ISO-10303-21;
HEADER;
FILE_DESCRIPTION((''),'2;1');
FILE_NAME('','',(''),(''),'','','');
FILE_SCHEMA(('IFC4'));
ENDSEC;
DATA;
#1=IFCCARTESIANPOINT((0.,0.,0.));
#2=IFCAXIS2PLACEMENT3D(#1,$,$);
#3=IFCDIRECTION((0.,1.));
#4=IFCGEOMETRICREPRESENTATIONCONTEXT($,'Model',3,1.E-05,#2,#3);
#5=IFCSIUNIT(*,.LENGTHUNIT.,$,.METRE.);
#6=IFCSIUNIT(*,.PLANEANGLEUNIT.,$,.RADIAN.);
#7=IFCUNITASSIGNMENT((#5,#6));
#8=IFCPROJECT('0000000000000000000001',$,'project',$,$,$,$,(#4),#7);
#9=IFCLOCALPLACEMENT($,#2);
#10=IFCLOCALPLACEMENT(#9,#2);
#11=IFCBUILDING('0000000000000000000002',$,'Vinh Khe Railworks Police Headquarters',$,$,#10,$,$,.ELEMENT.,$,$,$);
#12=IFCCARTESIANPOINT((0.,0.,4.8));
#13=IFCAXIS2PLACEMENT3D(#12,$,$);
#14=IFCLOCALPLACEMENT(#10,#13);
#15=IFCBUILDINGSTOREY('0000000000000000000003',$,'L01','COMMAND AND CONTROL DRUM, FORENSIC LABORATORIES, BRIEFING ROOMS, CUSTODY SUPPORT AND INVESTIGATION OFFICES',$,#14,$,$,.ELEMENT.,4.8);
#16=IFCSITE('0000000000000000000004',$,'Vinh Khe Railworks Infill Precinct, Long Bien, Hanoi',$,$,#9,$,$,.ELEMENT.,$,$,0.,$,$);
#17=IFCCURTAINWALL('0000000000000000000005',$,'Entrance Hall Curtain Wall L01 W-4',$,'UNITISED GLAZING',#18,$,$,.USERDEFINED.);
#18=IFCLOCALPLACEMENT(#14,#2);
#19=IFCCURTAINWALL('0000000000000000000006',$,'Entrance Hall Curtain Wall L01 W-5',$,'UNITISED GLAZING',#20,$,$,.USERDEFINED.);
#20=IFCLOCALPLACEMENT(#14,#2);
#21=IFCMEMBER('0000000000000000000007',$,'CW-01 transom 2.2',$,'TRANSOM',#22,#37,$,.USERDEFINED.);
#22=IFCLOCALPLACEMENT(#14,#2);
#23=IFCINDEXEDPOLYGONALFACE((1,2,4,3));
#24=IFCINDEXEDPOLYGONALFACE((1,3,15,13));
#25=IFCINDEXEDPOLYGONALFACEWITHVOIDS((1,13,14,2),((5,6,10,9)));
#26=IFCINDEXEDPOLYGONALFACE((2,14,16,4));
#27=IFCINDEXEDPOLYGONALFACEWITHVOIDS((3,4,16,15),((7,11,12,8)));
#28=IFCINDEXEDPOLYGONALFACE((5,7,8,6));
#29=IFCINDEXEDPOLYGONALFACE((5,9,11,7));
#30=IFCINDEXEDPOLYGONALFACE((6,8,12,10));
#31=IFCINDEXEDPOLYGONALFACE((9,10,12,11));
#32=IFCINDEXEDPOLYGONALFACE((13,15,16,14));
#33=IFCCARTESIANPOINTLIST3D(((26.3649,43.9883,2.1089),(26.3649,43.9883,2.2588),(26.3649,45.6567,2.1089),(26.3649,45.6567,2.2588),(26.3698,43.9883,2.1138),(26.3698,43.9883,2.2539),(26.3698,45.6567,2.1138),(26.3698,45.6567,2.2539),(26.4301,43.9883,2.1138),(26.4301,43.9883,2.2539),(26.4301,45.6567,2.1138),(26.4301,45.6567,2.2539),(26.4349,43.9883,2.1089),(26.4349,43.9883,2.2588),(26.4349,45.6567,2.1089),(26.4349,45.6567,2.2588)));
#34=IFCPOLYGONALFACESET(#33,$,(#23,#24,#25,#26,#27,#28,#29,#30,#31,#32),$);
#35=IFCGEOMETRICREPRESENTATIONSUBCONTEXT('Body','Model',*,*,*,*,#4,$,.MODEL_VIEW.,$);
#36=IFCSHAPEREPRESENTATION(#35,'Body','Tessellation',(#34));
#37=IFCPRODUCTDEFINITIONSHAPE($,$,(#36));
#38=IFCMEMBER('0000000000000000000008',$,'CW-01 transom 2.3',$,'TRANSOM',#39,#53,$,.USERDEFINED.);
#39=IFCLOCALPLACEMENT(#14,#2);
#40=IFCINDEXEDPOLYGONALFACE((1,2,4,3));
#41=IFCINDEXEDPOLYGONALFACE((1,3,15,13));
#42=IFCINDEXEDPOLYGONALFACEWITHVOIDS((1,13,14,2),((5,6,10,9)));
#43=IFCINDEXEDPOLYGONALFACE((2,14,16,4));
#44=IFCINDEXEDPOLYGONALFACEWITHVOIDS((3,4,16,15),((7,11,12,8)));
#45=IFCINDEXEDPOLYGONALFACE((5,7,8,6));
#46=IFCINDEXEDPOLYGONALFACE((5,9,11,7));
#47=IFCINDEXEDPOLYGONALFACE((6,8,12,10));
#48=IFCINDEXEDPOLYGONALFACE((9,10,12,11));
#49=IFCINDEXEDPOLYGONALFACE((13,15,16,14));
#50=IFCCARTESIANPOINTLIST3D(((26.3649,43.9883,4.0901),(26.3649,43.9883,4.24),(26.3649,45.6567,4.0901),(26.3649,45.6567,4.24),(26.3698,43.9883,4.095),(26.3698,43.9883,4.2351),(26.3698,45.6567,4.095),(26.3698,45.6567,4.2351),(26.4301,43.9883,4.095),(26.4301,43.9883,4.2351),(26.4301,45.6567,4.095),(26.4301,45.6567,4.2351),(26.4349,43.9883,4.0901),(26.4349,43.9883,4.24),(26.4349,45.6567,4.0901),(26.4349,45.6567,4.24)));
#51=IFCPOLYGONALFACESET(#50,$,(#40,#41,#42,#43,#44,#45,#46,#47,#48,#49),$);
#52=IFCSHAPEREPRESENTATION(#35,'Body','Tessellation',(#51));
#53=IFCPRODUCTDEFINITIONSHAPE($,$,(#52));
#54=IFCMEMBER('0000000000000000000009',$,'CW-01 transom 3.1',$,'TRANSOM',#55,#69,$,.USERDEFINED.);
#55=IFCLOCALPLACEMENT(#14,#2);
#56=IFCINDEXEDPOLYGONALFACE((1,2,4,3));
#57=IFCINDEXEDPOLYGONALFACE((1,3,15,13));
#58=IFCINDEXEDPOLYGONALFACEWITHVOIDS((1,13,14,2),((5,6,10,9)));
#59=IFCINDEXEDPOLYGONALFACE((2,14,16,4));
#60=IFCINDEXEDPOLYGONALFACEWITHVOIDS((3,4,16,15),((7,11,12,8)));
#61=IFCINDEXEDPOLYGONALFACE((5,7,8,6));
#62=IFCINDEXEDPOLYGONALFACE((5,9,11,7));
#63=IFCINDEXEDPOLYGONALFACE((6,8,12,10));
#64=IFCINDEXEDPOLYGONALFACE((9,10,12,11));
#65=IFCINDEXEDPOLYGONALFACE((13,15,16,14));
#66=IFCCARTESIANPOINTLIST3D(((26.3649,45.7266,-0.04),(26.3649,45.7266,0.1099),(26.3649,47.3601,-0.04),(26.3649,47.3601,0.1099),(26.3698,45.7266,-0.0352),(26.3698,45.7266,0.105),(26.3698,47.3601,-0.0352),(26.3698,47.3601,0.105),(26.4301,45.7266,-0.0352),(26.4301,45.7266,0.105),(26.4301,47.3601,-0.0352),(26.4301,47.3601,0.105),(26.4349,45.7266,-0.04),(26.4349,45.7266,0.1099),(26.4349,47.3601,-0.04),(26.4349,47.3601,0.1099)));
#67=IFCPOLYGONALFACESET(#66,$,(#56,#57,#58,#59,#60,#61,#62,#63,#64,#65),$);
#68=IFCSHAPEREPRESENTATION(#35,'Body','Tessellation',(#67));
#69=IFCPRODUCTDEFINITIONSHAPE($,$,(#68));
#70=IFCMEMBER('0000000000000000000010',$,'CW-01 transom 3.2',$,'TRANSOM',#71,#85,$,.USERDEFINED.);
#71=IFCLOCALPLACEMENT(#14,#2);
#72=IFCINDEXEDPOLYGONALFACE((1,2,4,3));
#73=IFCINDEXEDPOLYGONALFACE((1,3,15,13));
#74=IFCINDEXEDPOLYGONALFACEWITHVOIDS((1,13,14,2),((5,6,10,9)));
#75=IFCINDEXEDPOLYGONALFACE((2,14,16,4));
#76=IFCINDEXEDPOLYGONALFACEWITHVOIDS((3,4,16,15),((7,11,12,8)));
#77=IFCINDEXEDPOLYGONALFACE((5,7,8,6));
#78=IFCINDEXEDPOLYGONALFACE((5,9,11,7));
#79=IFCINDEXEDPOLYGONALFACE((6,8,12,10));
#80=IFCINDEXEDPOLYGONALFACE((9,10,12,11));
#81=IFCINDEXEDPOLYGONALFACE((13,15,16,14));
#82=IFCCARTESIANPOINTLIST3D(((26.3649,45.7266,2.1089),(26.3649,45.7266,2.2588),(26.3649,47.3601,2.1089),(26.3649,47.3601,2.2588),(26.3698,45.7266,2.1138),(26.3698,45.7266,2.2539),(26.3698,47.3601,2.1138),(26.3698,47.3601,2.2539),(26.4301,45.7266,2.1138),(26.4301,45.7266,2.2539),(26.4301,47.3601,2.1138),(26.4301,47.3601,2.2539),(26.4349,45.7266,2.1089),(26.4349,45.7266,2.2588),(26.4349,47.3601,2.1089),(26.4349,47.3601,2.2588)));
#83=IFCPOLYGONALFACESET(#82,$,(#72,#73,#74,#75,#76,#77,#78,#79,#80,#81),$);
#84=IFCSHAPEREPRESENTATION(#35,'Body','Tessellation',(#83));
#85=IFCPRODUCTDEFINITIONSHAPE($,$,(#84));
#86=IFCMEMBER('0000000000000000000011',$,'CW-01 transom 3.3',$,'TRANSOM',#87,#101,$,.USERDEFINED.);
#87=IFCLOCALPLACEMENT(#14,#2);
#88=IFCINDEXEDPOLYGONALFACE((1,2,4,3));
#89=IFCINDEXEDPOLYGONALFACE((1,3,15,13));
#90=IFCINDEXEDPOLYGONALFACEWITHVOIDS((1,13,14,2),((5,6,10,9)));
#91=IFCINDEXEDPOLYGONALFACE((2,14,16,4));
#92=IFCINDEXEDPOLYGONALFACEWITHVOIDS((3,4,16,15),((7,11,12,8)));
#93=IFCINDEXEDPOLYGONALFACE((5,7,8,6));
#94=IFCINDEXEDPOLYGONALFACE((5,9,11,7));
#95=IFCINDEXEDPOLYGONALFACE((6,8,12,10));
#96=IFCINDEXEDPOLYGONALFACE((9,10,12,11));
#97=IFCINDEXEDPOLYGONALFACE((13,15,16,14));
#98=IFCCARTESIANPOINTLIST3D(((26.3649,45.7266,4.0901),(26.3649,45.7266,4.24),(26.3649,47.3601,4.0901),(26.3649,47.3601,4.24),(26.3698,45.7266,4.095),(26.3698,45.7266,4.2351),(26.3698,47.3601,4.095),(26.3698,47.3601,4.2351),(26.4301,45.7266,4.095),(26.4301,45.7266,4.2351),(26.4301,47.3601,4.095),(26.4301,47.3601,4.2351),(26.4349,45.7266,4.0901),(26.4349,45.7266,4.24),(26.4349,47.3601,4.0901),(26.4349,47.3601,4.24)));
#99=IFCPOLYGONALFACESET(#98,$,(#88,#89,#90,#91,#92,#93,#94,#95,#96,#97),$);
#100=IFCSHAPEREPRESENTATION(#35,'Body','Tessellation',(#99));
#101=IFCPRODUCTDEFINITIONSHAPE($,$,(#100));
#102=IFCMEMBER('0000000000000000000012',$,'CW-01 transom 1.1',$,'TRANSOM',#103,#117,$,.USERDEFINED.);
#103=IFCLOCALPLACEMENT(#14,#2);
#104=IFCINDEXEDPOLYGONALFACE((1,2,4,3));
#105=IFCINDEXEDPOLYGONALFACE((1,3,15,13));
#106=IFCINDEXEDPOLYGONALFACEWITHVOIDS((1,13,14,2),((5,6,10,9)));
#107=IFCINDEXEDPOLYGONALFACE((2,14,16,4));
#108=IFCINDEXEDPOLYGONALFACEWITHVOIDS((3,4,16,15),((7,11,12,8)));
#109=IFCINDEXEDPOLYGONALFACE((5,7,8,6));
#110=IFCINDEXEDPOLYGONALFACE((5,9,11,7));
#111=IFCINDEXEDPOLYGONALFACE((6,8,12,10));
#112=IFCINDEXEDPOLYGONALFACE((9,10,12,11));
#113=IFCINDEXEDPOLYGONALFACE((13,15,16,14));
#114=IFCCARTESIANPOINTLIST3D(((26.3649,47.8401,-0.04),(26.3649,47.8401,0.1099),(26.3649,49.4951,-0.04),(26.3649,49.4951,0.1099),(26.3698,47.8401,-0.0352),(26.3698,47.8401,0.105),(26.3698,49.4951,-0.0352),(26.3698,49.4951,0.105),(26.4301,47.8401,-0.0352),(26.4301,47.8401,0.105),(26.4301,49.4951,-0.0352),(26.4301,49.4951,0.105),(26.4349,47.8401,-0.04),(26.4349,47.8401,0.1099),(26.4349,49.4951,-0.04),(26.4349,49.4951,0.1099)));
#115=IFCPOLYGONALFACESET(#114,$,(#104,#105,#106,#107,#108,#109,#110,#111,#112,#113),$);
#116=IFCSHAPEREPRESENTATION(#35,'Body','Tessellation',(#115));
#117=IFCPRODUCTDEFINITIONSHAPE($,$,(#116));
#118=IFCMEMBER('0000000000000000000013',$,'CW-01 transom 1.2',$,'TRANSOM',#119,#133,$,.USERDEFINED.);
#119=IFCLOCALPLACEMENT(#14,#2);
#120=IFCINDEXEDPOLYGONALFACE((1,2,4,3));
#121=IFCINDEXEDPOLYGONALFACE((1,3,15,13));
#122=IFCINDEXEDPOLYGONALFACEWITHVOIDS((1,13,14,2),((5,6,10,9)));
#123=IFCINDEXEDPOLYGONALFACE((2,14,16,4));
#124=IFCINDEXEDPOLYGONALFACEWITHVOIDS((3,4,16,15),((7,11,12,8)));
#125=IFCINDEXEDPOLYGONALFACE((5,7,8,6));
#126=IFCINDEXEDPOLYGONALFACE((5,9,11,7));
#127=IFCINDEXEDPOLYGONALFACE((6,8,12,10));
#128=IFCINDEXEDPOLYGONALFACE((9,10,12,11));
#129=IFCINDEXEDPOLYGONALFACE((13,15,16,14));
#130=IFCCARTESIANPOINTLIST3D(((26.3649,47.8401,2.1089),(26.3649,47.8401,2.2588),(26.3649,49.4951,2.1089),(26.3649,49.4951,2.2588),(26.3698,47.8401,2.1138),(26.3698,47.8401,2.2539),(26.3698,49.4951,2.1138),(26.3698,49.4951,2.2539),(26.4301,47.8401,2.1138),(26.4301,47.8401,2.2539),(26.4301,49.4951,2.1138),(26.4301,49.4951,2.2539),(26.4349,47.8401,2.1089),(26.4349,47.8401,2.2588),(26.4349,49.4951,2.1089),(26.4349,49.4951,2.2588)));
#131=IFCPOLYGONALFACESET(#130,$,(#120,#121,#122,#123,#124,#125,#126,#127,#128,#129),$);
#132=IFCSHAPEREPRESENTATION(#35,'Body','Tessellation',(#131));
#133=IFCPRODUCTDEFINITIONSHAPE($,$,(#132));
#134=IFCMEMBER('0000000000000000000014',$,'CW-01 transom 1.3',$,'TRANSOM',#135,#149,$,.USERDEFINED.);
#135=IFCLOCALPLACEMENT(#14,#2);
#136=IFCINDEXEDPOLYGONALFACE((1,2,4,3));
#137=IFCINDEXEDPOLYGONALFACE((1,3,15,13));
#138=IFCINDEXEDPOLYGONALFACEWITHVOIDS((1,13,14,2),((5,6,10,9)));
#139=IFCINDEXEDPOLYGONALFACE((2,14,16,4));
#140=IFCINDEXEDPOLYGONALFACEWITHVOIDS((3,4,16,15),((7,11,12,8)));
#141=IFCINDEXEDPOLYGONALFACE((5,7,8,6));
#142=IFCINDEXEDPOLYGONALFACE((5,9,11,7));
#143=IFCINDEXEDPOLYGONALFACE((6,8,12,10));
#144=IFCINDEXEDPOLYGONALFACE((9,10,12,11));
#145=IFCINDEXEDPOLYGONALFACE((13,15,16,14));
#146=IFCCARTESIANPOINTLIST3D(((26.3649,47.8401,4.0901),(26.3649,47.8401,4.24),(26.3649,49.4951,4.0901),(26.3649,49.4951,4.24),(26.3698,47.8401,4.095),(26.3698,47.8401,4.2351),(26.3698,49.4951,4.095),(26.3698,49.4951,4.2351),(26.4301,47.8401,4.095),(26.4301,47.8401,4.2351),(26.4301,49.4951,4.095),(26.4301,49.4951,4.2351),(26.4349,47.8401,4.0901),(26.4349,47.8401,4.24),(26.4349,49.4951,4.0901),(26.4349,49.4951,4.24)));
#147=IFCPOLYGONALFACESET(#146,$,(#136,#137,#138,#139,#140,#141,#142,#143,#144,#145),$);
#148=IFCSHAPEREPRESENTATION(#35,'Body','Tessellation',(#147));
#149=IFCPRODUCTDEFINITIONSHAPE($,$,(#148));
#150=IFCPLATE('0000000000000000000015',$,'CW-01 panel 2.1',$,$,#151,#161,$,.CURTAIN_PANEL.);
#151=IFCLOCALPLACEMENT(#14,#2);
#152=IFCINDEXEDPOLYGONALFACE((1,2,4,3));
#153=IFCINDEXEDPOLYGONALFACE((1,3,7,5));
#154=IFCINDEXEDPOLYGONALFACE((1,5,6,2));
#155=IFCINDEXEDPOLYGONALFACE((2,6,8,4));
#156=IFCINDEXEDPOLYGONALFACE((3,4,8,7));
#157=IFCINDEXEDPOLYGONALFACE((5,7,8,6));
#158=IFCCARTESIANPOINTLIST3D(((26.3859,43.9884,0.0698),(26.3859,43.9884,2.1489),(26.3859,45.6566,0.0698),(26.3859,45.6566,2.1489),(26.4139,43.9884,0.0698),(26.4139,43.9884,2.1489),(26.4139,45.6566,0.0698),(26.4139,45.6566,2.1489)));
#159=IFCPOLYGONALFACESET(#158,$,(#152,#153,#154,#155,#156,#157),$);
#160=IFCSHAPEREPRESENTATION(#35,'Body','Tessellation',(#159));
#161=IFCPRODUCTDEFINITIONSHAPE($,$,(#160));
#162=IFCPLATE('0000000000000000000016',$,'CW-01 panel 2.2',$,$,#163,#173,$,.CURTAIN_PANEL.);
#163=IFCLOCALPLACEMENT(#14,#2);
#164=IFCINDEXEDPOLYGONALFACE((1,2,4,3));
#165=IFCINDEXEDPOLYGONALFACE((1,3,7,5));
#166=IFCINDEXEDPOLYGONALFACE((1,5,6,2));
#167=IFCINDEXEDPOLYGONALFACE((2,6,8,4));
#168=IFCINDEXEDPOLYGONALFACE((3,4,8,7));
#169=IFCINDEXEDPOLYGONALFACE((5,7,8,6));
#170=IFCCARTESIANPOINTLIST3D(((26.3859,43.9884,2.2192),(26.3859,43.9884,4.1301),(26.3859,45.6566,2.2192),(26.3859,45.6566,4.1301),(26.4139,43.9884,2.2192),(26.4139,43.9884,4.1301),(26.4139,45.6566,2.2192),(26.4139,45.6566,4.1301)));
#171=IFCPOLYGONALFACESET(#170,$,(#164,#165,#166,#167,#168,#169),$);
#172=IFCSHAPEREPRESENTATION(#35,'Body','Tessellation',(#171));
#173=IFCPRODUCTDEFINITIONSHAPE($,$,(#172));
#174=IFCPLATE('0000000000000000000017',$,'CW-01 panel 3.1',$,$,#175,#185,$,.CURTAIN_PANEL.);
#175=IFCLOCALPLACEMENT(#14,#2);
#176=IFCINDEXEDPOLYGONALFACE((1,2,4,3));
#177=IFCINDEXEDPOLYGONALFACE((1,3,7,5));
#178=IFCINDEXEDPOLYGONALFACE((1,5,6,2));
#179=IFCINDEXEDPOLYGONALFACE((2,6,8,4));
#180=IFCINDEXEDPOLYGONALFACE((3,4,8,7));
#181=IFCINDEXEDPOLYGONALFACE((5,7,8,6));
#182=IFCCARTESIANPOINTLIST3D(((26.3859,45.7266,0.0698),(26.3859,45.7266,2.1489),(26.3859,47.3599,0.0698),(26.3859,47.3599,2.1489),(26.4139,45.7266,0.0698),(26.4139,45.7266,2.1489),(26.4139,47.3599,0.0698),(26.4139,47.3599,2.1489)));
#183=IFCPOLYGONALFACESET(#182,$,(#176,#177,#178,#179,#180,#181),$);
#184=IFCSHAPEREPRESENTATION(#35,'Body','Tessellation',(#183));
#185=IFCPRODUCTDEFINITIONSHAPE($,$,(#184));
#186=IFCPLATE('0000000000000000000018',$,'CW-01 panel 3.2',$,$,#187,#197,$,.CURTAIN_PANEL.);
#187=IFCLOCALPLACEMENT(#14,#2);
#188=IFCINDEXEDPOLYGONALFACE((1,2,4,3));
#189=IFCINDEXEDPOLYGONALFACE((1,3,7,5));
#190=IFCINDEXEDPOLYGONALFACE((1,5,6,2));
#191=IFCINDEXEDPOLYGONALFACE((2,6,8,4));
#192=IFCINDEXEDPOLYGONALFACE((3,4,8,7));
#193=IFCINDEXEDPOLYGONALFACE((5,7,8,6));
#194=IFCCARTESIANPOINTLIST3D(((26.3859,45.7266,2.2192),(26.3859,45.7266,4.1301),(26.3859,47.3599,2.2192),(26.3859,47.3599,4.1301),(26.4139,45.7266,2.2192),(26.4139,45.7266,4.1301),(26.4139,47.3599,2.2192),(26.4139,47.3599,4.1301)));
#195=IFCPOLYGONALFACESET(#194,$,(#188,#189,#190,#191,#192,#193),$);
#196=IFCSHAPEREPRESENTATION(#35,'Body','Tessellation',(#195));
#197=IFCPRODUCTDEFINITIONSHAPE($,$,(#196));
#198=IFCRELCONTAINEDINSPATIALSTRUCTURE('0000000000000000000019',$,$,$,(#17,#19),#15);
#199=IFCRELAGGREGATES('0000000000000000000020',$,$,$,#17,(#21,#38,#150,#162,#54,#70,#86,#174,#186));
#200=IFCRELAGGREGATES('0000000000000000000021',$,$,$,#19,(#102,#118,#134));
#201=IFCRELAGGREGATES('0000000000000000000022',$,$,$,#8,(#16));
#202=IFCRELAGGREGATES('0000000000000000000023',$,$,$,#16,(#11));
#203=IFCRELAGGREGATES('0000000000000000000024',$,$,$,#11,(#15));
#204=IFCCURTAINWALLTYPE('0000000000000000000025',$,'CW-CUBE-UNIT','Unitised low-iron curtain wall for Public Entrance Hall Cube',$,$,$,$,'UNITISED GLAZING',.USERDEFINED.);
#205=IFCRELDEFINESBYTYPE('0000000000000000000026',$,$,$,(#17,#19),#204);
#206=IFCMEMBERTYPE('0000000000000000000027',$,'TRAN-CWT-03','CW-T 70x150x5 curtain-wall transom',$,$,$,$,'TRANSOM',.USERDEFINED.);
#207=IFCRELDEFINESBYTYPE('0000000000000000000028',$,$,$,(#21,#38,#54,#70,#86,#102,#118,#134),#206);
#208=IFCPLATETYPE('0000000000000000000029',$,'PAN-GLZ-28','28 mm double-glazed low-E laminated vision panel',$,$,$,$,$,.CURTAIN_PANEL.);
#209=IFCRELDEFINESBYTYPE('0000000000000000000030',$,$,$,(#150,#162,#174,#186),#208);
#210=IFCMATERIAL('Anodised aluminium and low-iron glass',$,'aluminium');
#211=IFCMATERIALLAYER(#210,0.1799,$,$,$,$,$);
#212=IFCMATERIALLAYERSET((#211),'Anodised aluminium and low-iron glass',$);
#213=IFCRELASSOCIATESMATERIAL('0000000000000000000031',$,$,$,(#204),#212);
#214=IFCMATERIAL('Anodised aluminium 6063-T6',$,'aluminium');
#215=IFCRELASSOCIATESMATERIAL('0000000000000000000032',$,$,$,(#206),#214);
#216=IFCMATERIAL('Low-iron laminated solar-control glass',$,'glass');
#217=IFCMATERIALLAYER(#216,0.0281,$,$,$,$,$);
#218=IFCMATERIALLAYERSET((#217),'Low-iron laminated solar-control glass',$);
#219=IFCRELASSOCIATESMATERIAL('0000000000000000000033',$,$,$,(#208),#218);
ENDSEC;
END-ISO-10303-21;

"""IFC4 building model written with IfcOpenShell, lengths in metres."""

from ifc_helpers import new_model, si_unit, direction, frame, origin, origin_2d, place, context, subcontext, project, spatial, rectangle, hollow_rectangle, extrude, material, layer, layer_set, material_profile, profile_set, type_object, element, aggregate, save


model = new_model("IFC4")

# Units and contexts
model_context = context("Model", 3, precision=1e-05, world=origin(), true_north=direction((0.0, 1.0)))
body_context = subcontext(model_context, "Body", "Model", "MODEL_VIEW")
ifc_project = project(units=[si_unit("LENGTHUNIT", "METRE"), si_unit("PLANEANGLEUNIT", "RADIAN")], contexts=[model_context])

# Site, building, storey
site_placement = place(None, origin())
site = spatial("IfcSite", under=ifc_project, at=site_placement, Name="Vinh Khe Railworks Infill Precinct, Long Bien, Hanoi", CompositionType="ELEMENT", RefElevation=0.0)
building_placement = place(site_placement, origin())
building = spatial("IfcBuilding", under=site, at=building_placement, Name="Vinh Khe Railworks Police Headquarters", CompositionType="ELEMENT")
storey_placement = place(building_placement, frame((0.0, 0.0, 4.8)))
storey = spatial("IfcBuildingStorey", under=building, at=storey_placement, Name="L01", Description="COMMAND AND CONTROL DRUM, FORENSIC LABORATORIES, BRIEFING ROOMS, CUSTODY SUPPORT AND INVESTIGATION OFFICES", CompositionType="ELEMENT", Elevation=4.8)

# Curtain wall
ifc_material_1 = material(Name="Anodised aluminium and low-iron glass", Category="aluminium")
ifc_layer_1 = layer(ifc_material_1, 0.1799)
ifc_layer_set_1 = layer_set([ifc_layer_1], Name="Anodised aluminium and low-iron glass")
curtain_wall_type = type_object("IfcCurtainWallType", Name="CW-CUBE-UNIT", Description="Unitised low-iron curtain wall for Public Entrance Hall Cube", ElementType="UNITISED GLAZING", PredefinedType="USERDEFINED", material=ifc_layer_set_1)
curtain_wall_1_placement = place(storey_placement, origin())
curtain_wall_1 = element("IfcCurtainWall", 1, at=curtain_wall_1_placement, inside=storey, type_object=curtain_wall_type, Name="Entrance Hall Curtain Wall L01 W-4", ObjectType="UNITISED GLAZING", PredefinedType="USERDEFINED")
ifc_material_2 = material(Name="Anodised aluminium 6063-T6", Category="aluminium")

# Curtain wall
curtain_wall_2_placement = place(storey_placement, origin())
curtain_wall_2 = element("IfcCurtainWall", 2, at=curtain_wall_2_placement, inside=storey, type_object=curtain_wall_type, Name="Entrance Hall Curtain Wall L01 W-5", ObjectType="UNITISED GLAZING", PredefinedType="USERDEFINED")

# Members
ifc_material_profile_1 = material_profile(ifc_material_2, hollow_rectangle(XDim=0.0701, YDim=0.1499, WallThickness=0.0049, at=origin_2d()), Name="CW-T 70x150x5")
ifc_profile_set_1 = profile_set([ifc_material_profile_1], Name="Anodised aluminium 6063-T6")
member_type_1 = type_object("IfcMemberType", Name="TRAN-CWT-03", Description="CW-T 70x150x5 curtain-wall transom", ElementType="TRANSOM", PredefinedType="USERDEFINED", material=ifc_profile_set_1)
member_1_placement = place(storey_placement, frame((26.3999, 43.9883, 2.1838), z_axis=(0.0, 1.0, 0.0), x_axis=(-1.0, 0.0, 0.0)))
member_1 = element("IfcMember", 3, at=member_1_placement, type_object=member_type_1, Name="CW-01 transom 2.2", ObjectType="TRANSOM", PredefinedType="USERDEFINED", context=body_context, shape_type="SweptSolid", body=[
    extrude(hollow_rectangle(XDim=0.0701, YDim=0.1499, WallThickness=0.0049, at=origin_2d()), origin(), (0.0, 0.0, 1.0), 1.6685),
])
member_2_placement = place(storey_placement, frame((26.3999, 43.9883, 4.165), z_axis=(0.0, 1.0, 0.0), x_axis=(-1.0, 0.0, 0.0)))
member_2 = element("IfcMember", 4, at=member_2_placement, type_object=member_type_1, Name="CW-01 transom 2.3", ObjectType="TRANSOM", PredefinedType="USERDEFINED", context=body_context, shape_type="SweptSolid", body=[
    extrude(hollow_rectangle(XDim=0.0701, YDim=0.1499, WallThickness=0.0049, at=origin_2d()), origin(), (0.0, 0.0, 1.0), 1.6685),
])
member_3_placement = place(storey_placement, frame((26.3999, 45.7266, 0.0349), z_axis=(0.0, 1.0, 0.0), x_axis=(-1.0, 0.0, 0.0)))
member_3 = element("IfcMember", 5, at=member_3_placement, type_object=member_type_1, Name="CW-01 transom 3.1", ObjectType="TRANSOM", PredefinedType="USERDEFINED", context=body_context, shape_type="SweptSolid", body=[
    extrude(hollow_rectangle(XDim=0.0701, YDim=0.1499, WallThickness=0.0049, at=origin_2d()), origin(), (0.0, 0.0, 1.0), 1.6335),
])
member_4_placement = place(storey_placement, frame((26.3999, 45.7266, 2.1838), z_axis=(0.0, 1.0, 0.0), x_axis=(-1.0, 0.0, 0.0)))
member_4 = element("IfcMember", 6, at=member_4_placement, type_object=member_type_1, Name="CW-01 transom 3.2", ObjectType="TRANSOM", PredefinedType="USERDEFINED", context=body_context, shape_type="SweptSolid", body=[
    extrude(hollow_rectangle(XDim=0.0701, YDim=0.1499, WallThickness=0.0049, at=origin_2d()), origin(), (0.0, 0.0, 1.0), 1.6335),
])
member_5_placement = place(storey_placement, frame((26.3999, 45.7266, 4.165), z_axis=(0.0, 1.0, 0.0), x_axis=(-1.0, 0.0, 0.0)))
member_5 = element("IfcMember", 7, at=member_5_placement, type_object=member_type_1, Name="CW-01 transom 3.3", ObjectType="TRANSOM", PredefinedType="USERDEFINED", context=body_context, shape_type="SweptSolid", body=[
    extrude(hollow_rectangle(XDim=0.0701, YDim=0.1499, WallThickness=0.0049, at=origin_2d()), origin(), (0.0, 0.0, 1.0), 1.6335),
])
member_6_placement = place(storey_placement, frame((26.3999, 47.8401, 0.0349), z_axis=(0.0, 1.0, 0.0), x_axis=(-1.0, 0.0, 0.0)))
member_6 = element("IfcMember", 8, at=member_6_placement, type_object=member_type_1, Name="CW-01 transom 1.1", ObjectType="TRANSOM", PredefinedType="USERDEFINED", context=body_context, shape_type="SweptSolid", body=[
    extrude(hollow_rectangle(XDim=0.0701, YDim=0.1499, WallThickness=0.0049, at=origin_2d()), origin(), (0.0, 0.0, 1.0), 1.655),
])
member_7_placement = place(storey_placement, frame((26.3999, 47.8401, 2.1838), z_axis=(0.0, 1.0, 0.0), x_axis=(-1.0, 0.0, 0.0)))
member_7 = element("IfcMember", 9, at=member_7_placement, type_object=member_type_1, Name="CW-01 transom 1.2", ObjectType="TRANSOM", PredefinedType="USERDEFINED", context=body_context, shape_type="SweptSolid", body=[
    extrude(hollow_rectangle(XDim=0.0701, YDim=0.1499, WallThickness=0.0049, at=origin_2d()), origin(), (0.0, 0.0, 1.0), 1.655),
])
member_8_placement = place(storey_placement, frame((26.3999, 47.8401, 4.165), z_axis=(0.0, 1.0, 0.0), x_axis=(-1.0, 0.0, 0.0)))
member_8 = element("IfcMember", 10, at=member_8_placement, type_object=member_type_1, Name="CW-01 transom 1.3", ObjectType="TRANSOM", PredefinedType="USERDEFINED", context=body_context, shape_type="SweptSolid", body=[
    extrude(hollow_rectangle(XDim=0.0701, YDim=0.1499, WallThickness=0.0049, at=origin_2d()), origin(), (0.0, 0.0, 1.0), 1.655),
])

# Plates
ifc_material_3 = material(Name="Low-iron laminated solar-control glass", Category="glass")
ifc_layer_2 = layer(ifc_material_3, 0.0281)
ifc_layer_set_2 = layer_set([ifc_layer_2], Name="Low-iron laminated solar-control glass")
plate_type = type_object("IfcPlateType", Name="PAN-GLZ-28", Description="28 mm double-glazed low-E laminated vision panel", PredefinedType="CURTAIN_PANEL", material=ifc_layer_set_2)
plate_1_placement = place(storey_placement, frame((26.3999, 44.8225, 0.0698), z_axis=(0.0, 0.0, 1.0), x_axis=(0.0, 1.0, 0.0)))
plate_1 = element("IfcPlate", 11, at=plate_1_placement, type_object=plate_type, Name="CW-01 panel 2.1", PredefinedType="CURTAIN_PANEL", context=body_context, shape_type="SweptSolid", body=[
    extrude(rectangle(XDim=1.6682, YDim=0.0281, at=origin_2d()), origin(), (0.0, 0.0, 1.0), 2.0791),
])
plate_2_placement = place(storey_placement, frame((26.3999, 44.8225, 2.2192), z_axis=(0.0, 0.0, 1.0), x_axis=(0.0, 1.0, 0.0)))
plate_2 = element("IfcPlate", 12, at=plate_2_placement, type_object=plate_type, Name="CW-01 panel 2.2", PredefinedType="CURTAIN_PANEL", context=body_context, shape_type="SweptSolid", body=[
    extrude(rectangle(XDim=1.6682, YDim=0.0281, at=origin_2d()), origin(), (0.0, 0.0, 1.0), 1.9109),
])
plate_3_placement = place(storey_placement, frame((26.3999, 46.5432, 0.0698), z_axis=(0.0, 0.0, 1.0), x_axis=(0.0, 1.0, 0.0)))
plate_3 = element("IfcPlate", 13, at=plate_3_placement, type_object=plate_type, Name="CW-01 panel 3.1", PredefinedType="CURTAIN_PANEL", context=body_context, shape_type="SweptSolid", body=[
    extrude(rectangle(XDim=1.6333, YDim=0.0281, at=origin_2d()), origin(), (0.0, 0.0, 1.0), 2.0791),
])
plate_4_placement = place(storey_placement, frame((26.3999, 46.5432, 2.2192), z_axis=(0.0, 0.0, 1.0), x_axis=(0.0, 1.0, 0.0)))
plate_4 = element("IfcPlate", 14, at=plate_4_placement, type_object=plate_type, Name="CW-01 panel 3.2", PredefinedType="CURTAIN_PANEL", context=body_context, shape_type="SweptSolid", body=[
    extrude(rectangle(XDim=1.6333, YDim=0.0281, at=origin_2d()), origin(), (0.0, 0.0, 1.0), 1.9109),
])
aggregate(curtain_wall_1, [member_1, member_2, plate_1, plate_2, member_3, member_4, member_5, plate_3, plate_4])
aggregate(curtain_wall_2, [member_6, member_7, member_8])

save(model, "model.ifc")
